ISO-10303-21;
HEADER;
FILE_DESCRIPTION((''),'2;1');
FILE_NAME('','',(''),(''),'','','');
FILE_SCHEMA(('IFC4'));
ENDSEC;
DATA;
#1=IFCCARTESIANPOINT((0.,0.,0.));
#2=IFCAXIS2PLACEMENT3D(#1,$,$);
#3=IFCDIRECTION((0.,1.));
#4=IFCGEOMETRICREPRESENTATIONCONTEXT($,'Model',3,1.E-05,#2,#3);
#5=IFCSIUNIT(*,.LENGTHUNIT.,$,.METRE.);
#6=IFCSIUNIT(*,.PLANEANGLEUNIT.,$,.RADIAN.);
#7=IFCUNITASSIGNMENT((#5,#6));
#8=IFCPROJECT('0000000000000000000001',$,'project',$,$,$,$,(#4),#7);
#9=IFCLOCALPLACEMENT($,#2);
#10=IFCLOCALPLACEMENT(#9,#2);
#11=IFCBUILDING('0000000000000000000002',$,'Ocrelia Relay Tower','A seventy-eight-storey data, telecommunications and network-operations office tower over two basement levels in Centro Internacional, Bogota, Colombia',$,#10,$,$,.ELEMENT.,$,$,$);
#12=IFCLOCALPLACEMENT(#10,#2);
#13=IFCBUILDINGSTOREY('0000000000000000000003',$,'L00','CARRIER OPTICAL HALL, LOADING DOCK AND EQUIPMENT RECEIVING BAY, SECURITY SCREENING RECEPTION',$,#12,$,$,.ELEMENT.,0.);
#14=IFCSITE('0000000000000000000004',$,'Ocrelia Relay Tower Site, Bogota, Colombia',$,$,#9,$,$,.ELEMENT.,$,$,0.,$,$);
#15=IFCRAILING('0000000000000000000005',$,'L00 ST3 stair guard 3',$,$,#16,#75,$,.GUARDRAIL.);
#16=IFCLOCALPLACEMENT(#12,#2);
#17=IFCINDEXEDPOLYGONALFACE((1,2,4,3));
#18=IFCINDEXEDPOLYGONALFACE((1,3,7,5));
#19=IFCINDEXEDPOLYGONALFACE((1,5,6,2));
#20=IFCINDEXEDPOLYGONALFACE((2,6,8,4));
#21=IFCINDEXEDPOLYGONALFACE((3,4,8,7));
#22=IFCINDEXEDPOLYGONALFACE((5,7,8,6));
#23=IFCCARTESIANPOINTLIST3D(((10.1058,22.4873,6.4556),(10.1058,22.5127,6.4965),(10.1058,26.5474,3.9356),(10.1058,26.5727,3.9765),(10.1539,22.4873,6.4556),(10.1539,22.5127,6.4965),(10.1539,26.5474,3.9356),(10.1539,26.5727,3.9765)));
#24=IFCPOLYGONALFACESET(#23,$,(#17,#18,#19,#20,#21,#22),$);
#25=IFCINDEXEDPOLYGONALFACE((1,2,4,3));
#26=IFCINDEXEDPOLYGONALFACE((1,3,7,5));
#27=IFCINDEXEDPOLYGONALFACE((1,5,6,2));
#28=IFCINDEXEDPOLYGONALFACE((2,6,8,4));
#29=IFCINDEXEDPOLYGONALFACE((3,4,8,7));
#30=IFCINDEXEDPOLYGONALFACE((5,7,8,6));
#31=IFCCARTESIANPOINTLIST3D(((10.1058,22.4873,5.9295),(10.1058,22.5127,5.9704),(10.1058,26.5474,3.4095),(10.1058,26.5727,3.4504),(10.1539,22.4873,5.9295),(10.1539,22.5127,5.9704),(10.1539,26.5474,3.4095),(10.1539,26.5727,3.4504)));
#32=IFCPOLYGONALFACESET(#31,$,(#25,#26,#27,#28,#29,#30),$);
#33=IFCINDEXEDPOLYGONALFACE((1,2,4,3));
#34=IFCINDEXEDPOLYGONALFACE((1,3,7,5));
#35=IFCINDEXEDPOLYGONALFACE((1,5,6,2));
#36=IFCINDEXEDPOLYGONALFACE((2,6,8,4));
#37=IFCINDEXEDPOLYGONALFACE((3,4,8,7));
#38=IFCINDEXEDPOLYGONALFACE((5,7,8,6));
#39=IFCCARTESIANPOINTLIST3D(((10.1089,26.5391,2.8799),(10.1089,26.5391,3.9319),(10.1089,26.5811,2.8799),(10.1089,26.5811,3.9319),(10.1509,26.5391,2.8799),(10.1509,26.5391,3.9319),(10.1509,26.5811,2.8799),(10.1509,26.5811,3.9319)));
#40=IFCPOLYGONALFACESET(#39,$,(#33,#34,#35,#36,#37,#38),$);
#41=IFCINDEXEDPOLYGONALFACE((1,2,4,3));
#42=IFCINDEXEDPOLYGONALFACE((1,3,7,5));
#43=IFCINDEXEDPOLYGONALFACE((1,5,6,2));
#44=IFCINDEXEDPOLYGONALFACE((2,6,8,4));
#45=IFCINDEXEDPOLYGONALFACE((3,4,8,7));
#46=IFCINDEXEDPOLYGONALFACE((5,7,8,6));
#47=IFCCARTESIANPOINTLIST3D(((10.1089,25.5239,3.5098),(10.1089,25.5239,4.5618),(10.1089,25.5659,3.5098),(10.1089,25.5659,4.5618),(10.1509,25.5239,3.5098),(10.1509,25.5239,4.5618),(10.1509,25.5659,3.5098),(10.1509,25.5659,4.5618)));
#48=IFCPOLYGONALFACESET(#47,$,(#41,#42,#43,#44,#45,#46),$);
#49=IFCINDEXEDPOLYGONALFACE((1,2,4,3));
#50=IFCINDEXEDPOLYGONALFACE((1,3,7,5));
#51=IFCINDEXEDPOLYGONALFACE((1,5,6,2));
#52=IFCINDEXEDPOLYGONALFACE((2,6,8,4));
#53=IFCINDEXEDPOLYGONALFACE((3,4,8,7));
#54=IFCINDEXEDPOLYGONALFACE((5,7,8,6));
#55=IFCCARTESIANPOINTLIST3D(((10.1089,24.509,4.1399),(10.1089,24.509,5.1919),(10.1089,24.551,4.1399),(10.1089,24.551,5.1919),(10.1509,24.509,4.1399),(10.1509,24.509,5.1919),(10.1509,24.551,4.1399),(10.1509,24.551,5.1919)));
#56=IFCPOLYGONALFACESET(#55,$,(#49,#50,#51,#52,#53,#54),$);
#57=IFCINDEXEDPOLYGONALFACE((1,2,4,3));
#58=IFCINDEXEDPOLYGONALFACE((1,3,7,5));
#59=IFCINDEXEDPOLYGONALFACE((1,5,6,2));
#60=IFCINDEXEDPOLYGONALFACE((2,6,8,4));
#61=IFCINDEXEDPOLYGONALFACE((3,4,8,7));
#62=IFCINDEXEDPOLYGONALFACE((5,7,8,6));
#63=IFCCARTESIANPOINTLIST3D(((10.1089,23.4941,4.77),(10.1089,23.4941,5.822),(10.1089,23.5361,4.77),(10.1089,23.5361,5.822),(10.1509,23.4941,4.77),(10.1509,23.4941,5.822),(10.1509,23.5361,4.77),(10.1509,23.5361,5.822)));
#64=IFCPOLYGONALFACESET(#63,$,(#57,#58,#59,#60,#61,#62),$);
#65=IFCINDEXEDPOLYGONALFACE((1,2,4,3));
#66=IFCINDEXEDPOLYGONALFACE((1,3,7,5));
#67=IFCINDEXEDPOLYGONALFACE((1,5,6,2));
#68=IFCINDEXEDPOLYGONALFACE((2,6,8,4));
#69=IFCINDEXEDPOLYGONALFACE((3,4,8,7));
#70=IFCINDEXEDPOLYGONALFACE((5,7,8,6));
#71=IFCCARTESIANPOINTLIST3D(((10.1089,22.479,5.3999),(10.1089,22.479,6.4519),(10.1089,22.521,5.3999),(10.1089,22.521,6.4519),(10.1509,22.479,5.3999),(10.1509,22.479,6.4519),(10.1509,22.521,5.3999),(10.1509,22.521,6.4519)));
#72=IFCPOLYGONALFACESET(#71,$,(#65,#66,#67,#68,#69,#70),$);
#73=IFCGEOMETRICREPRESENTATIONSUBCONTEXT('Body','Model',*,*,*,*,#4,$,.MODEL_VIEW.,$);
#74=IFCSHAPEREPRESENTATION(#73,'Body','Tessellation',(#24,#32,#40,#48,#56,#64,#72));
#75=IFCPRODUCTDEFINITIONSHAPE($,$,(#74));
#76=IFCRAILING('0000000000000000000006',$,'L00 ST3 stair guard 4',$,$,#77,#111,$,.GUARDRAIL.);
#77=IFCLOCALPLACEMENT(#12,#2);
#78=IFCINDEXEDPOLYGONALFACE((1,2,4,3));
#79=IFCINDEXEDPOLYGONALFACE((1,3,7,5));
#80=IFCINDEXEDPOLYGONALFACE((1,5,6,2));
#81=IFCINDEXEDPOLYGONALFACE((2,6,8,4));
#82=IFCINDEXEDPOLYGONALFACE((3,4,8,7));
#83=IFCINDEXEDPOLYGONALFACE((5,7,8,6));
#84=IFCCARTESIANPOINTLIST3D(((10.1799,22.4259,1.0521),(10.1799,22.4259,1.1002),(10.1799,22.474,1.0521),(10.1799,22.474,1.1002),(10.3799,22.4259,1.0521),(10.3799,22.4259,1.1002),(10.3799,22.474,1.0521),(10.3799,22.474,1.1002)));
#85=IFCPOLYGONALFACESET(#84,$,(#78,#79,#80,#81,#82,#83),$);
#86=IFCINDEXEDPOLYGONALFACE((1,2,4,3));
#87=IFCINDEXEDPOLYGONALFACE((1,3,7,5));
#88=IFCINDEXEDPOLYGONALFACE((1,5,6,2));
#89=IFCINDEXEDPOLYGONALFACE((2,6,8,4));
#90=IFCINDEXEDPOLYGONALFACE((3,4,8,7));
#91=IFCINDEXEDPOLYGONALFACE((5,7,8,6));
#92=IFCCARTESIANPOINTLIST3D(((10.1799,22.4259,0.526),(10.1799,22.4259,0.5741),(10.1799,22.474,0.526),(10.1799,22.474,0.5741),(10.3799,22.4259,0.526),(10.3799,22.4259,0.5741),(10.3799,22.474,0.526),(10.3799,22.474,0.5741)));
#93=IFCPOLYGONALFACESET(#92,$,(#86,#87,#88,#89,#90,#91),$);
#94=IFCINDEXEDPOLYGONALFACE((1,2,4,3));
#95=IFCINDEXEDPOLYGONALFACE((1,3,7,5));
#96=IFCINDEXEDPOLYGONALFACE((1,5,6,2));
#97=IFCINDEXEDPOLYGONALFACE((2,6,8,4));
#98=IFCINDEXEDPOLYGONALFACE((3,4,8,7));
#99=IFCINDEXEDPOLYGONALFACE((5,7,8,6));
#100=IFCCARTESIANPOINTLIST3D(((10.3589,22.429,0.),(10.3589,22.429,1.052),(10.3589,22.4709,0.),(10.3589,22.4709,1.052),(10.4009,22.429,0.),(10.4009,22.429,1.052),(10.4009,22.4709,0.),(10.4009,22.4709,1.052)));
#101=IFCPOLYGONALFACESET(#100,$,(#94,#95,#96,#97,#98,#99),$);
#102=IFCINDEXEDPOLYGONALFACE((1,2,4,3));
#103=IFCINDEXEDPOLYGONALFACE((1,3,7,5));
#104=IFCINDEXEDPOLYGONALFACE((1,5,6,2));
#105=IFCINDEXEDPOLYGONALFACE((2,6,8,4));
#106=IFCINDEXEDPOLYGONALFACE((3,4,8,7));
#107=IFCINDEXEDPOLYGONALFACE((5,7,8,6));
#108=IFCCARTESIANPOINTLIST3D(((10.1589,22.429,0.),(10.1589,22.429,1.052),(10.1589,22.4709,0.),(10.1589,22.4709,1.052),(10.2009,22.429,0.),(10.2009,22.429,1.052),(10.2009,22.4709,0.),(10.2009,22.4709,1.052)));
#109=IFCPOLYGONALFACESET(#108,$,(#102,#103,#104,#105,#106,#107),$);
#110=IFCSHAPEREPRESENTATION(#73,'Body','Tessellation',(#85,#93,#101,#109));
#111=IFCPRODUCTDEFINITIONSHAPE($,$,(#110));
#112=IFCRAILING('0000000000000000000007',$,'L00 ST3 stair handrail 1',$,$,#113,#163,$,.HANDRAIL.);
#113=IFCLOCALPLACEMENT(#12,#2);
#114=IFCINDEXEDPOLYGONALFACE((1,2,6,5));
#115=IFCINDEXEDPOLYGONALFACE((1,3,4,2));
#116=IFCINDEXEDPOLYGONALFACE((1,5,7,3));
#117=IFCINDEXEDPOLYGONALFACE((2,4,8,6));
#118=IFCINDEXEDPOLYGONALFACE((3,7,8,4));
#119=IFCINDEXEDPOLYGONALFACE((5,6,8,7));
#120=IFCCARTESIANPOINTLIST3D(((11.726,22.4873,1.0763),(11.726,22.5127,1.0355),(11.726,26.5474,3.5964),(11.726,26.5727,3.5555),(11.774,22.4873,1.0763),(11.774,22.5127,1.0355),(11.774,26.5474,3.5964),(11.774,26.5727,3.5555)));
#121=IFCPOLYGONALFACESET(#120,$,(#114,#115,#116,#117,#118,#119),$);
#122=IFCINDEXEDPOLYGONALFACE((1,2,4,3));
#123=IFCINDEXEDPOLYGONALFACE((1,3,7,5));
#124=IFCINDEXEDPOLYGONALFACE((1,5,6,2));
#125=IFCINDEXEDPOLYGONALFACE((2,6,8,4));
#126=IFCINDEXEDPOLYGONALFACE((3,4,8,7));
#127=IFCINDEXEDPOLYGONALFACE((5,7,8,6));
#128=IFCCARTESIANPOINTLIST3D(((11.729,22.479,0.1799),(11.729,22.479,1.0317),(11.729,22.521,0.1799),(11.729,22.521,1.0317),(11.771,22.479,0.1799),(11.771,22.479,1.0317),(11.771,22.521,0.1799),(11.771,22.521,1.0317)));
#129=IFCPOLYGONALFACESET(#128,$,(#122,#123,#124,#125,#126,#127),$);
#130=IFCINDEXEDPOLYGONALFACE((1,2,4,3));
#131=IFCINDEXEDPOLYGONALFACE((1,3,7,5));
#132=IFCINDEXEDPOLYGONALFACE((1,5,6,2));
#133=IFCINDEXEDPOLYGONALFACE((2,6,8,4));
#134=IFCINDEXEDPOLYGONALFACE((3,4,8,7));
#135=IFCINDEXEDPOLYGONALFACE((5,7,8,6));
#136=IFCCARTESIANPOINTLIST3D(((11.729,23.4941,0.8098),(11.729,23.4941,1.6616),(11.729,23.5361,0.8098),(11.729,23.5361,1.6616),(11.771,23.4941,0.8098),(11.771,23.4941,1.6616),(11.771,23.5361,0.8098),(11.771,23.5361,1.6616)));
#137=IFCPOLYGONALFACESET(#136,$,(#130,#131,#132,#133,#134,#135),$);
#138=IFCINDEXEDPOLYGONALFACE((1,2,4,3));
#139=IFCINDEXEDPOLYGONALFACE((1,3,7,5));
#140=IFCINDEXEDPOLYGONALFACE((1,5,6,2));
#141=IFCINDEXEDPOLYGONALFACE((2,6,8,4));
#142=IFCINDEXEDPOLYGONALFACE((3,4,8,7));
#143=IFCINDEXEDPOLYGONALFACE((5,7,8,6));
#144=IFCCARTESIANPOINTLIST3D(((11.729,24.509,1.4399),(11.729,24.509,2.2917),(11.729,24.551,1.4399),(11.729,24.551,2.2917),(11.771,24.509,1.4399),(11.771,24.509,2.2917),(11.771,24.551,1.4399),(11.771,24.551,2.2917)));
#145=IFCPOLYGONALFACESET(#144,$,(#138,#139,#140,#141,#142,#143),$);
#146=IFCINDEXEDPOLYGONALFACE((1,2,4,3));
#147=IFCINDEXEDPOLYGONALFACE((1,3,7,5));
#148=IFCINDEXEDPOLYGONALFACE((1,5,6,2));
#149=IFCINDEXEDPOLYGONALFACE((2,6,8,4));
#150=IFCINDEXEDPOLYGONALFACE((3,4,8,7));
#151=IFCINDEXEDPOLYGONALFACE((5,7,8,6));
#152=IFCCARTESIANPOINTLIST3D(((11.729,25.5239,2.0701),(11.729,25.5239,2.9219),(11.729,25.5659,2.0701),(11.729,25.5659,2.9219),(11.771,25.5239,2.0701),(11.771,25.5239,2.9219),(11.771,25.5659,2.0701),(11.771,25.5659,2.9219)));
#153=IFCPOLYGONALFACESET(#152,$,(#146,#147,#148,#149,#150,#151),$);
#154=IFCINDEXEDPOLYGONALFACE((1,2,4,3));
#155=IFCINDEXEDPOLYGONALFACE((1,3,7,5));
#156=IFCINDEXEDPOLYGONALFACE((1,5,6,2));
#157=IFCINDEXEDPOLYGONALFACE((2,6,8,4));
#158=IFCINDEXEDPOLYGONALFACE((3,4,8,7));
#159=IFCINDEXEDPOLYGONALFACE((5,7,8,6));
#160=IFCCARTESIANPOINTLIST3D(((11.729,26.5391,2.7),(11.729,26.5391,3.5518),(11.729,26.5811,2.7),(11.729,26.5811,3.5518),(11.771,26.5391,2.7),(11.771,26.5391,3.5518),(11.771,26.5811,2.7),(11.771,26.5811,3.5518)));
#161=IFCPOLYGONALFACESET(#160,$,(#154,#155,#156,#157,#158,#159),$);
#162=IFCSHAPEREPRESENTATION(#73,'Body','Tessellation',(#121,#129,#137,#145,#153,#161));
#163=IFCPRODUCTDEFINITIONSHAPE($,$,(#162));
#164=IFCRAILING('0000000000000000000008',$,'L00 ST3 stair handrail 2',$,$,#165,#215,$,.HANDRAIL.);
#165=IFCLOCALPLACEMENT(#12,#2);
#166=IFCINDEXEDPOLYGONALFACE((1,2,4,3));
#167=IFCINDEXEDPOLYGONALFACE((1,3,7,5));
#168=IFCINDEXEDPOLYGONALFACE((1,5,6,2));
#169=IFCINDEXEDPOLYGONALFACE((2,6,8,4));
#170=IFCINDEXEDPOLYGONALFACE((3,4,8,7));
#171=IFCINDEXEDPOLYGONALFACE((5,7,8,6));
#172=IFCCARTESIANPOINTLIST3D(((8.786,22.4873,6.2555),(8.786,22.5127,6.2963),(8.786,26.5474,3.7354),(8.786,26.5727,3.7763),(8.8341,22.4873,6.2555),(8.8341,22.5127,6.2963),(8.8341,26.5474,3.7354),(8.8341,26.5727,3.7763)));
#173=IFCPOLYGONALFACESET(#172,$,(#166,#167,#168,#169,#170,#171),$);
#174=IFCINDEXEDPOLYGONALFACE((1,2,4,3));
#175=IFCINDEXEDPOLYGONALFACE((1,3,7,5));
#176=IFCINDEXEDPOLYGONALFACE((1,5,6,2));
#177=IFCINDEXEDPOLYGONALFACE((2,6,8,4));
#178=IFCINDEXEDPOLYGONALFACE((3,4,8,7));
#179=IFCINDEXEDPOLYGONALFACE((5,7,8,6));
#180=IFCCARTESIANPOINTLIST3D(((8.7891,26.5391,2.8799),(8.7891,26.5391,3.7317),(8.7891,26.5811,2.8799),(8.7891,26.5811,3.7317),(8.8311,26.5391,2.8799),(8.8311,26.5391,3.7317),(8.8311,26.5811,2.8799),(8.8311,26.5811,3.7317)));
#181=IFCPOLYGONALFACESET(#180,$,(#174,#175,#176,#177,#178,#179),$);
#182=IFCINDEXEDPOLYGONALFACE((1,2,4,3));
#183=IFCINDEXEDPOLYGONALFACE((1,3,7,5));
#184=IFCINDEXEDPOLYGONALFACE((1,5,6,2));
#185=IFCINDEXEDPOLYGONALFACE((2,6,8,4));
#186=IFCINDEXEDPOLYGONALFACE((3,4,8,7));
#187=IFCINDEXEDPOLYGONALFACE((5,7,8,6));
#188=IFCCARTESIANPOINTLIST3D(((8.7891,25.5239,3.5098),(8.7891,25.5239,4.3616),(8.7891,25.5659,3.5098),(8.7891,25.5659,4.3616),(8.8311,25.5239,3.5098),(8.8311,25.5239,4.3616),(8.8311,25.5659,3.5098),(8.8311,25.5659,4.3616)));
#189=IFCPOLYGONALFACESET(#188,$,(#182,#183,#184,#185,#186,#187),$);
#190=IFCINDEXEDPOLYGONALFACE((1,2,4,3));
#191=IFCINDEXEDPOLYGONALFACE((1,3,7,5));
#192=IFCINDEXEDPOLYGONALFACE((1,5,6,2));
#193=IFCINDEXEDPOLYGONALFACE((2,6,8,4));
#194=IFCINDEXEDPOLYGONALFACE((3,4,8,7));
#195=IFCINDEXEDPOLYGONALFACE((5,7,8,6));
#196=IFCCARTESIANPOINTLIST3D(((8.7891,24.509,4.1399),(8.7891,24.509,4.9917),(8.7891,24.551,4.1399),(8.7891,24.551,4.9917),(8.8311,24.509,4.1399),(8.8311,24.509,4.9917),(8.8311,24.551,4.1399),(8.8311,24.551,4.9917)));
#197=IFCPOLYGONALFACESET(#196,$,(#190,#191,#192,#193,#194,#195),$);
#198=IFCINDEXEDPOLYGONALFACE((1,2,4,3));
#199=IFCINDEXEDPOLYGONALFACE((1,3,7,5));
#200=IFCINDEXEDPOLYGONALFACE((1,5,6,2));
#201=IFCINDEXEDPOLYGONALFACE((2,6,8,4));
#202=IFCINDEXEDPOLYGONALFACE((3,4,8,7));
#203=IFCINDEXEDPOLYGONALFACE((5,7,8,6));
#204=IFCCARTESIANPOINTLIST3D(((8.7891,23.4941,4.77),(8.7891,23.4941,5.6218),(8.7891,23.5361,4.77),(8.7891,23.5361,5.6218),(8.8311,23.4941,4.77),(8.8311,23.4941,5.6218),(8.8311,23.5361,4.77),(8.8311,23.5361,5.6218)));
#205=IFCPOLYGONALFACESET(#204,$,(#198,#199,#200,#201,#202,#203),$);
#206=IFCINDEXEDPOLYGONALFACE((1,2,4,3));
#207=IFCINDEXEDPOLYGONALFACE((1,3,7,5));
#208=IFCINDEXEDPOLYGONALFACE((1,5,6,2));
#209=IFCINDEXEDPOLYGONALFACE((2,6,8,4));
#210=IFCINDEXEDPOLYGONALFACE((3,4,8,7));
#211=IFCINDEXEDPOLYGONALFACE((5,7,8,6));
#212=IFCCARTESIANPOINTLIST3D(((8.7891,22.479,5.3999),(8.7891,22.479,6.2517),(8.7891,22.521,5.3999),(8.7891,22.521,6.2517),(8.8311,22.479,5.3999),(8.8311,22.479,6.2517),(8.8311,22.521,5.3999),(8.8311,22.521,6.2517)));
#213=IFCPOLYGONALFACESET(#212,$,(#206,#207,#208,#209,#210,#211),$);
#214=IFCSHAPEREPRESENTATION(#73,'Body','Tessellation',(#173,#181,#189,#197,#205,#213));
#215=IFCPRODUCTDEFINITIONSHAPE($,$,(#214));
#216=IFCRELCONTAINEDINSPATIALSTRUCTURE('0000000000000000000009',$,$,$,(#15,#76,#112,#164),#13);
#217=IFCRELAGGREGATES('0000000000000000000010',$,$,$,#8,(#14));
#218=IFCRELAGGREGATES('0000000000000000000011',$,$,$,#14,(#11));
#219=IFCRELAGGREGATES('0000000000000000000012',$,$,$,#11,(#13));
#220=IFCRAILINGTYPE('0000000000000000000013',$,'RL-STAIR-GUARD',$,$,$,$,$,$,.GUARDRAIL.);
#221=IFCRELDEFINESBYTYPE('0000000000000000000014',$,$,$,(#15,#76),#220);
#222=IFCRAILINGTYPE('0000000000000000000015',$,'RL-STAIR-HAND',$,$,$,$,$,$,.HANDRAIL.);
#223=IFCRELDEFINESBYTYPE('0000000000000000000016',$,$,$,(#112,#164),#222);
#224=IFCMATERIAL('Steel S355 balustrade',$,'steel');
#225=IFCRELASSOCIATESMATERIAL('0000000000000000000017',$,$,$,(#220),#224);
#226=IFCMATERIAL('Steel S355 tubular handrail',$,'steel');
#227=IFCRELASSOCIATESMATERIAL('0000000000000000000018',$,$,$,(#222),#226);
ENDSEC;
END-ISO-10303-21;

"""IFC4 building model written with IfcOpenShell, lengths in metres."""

from ifc_helpers import new_model, si_unit, direction, frame, origin, origin_2d, place, context, subcontext, project, spatial, rectangle, extrude, material, type_object, element, save


model = new_model("IFC4")

# Units and contexts
model_context = context("Model", 3, precision=1e-05, world=origin(), true_north=direction((0.0, 1.0)))
body_context = subcontext(model_context, "Body", "Model", "MODEL_VIEW")
ifc_project = project(units=[si_unit("LENGTHUNIT", "METRE"), si_unit("PLANEANGLEUNIT", "RADIAN")], contexts=[model_context])

# Site, building, storey
site_placement = place(None, origin())
site = spatial("IfcSite", under=ifc_project, at=site_placement, Name="Ocrelia Relay Tower Site, Bogota, Colombia", CompositionType="ELEMENT", RefElevation=0.0)
building_placement = place(site_placement, origin())
building = spatial("IfcBuilding", under=site, at=building_placement, Name="Ocrelia Relay Tower", Description="A seventy-eight-storey data, telecommunications and network-operations office tower over two basement levels in Centro Internacional, Bogota, Colombia", CompositionType="ELEMENT")
storey_placement = place(building_placement, origin())
storey = spatial("IfcBuildingStorey", under=building, at=storey_placement, Name="L00", Description="CARRIER OPTICAL HALL, LOADING DOCK AND EQUIPMENT RECEIVING BAY, SECURITY SCREENING RECEPTION", CompositionType="ELEMENT", Elevation=0.0)

# Railings
ifc_material_1 = material(Name="Steel S355 balustrade", Category="steel")
railing_type_1 = type_object("IfcRailingType", Name="RL-STAIR-GUARD", PredefinedType="GUARDRAIL", material=ifc_material_1)
railing_1_placement = place(storey_placement, frame((10.1299, 26.5601, 2.8799)))
element("IfcRailing", 1, at=railing_1_placement, inside=storey, type_object=railing_type_1, Name="L00 ST3 stair guard 3", PredefinedType="GUARDRAIL", context=body_context, shape_type="SweptSolid", body=[
    extrude(rectangle(XDim=0.0481, YDim=0.0481, at=origin_2d()), frame((0.0, 0.0, 1.0762), z_axis=(0.0, -0.849642, 0.52736), x_axis=(1.0, 0.0, 0.0)), (0.0, 0.0, 1.0), 4.7786),
    extrude(rectangle(XDim=0.0481, YDim=0.0481, at=origin_2d()), frame((0.0, 0.0, 0.55), z_axis=(0.0, -0.849642, 0.52736), x_axis=(1.0, 0.0, 0.0)), (0.0, 0.0, 1.0), 4.7786),
    extrude(rectangle(XDim=0.042, YDim=0.042, at=origin_2d()), origin(), (0.0, 0.0, 1.0), 1.052),
    extrude(rectangle(XDim=0.042, YDim=0.042, at=origin_2d()), frame((0.0, -1.0151, 0.6299)), (0.0, 0.0, 1.0), 1.052),
    extrude(rectangle(XDim=0.042, YDim=0.042, at=origin_2d()), frame((0.0, -2.03, 1.26)), (0.0, 0.0, 1.0), 1.052),
    extrude(rectangle(XDim=0.042, YDim=0.042, at=origin_2d()), frame((0.0, -3.0449, 1.8901)), (0.0, 0.0, 1.0), 1.052),
    extrude(rectangle(XDim=0.042, YDim=0.042, at=origin_2d()), frame((0.0, -4.0601, 2.52)), (0.0, 0.0, 1.0), 1.052),
])
railing_2_placement = place(storey_placement, frame((10.3799, 22.45, 0.0)))
element("IfcRailing", 2, at=railing_2_placement, inside=storey, type_object=railing_type_1, Name="L00 ST3 stair guard 4", PredefinedType="GUARDRAIL", context=body_context, shape_type="SweptSolid", body=[
    extrude(rectangle(XDim=0.0481, YDim=0.0481, at=origin_2d()), frame((0.0, 0.0, 1.0762), z_axis=(-1.0, 0.0, 0.0), x_axis=(0.0, -1.0, 0.0)), (0.0, 0.0, 1.0), 0.2),
    extrude(rectangle(XDim=0.0481, YDim=0.0481, at=origin_2d()), frame((0.0, 0.0, 0.55), z_axis=(-1.0, 0.0, 0.0), x_axis=(0.0, -1.0, 0.0)), (0.0, 0.0, 1.0), 0.2),
    extrude(rectangle(XDim=0.042, YDim=0.042, at=origin_2d()), origin(), (0.0, 0.0, 1.0), 1.052),
    extrude(rectangle(XDim=0.042, YDim=0.042, at=origin_2d()), frame((-0.2, 0.0, 0.0)), (0.0, 0.0, 1.0), 1.052),
])
ifc_material_2 = material(Name="Steel S355 tubular handrail", Category="steel")
railing_type_2 = type_object("IfcRailingType", Name="RL-STAIR-HAND", PredefinedType="HANDRAIL", material=ifc_material_2)
railing_3_placement = place(storey_placement, frame((11.75, 22.5, 0.1799)))
element("IfcRailing", 3, at=railing_3_placement, inside=storey, type_object=railing_type_2, Name="L00 ST3 stair handrail 1", PredefinedType="HANDRAIL", context=body_context, shape_type="SweptSolid", body=[
    extrude(rectangle(XDim=0.0481, YDim=0.0481, at=origin_2d()), frame((0.0, 0.0, 0.876), z_axis=(0.0, 0.849642, 0.52736), x_axis=(-1.0, 0.0, 0.0)), (0.0, 0.0, 1.0), 4.7786),
    extrude(rectangle(XDim=0.042, YDim=0.042, at=origin_2d()), origin(), (0.0, 0.0, 1.0), 0.8518),
    extrude(rectangle(XDim=0.042, YDim=0.042, at=origin_2d()), frame((0.0, 1.0151, 0.6299)), (0.0, 0.0, 1.0), 0.8518),
    extrude(rectangle(XDim=0.042, YDim=0.042, at=origin_2d()), frame((0.0, 2.03, 1.26)), (0.0, 0.0, 1.0), 0.8518),
    extrude(rectangle(XDim=0.042, YDim=0.042, at=origin_2d()), frame((0.0, 3.0449, 1.8901)), (0.0, 0.0, 1.0), 0.8518),
    extrude(rectangle(XDim=0.042, YDim=0.042, at=origin_2d()), frame((0.0, 4.0601, 2.52)), (0.0, 0.0, 1.0), 0.8518),
])
railing_4_placement = place(storey_placement, frame((8.8101, 26.5601, 2.8799)))
element("IfcRailing", 4, at=railing_4_placement, inside=storey, type_object=railing_type_2, Name="L00 ST3 stair handrail 2", PredefinedType="HANDRAIL", context=body_context, shape_type="SweptSolid", body=[
    extrude(rectangle(XDim=0.0481, YDim=0.0481, at=origin_2d()), frame((0.0, 0.0, 0.876), z_axis=(0.0, -0.849642, 0.52736), x_axis=(1.0, 0.0, 0.0)), (0.0, 0.0, 1.0), 4.7786),
    extrude(rectangle(XDim=0.042, YDim=0.042, at=origin_2d()), origin(), (0.0, 0.0, 1.0), 0.8518),
    extrude(rectangle(XDim=0.042, YDim=0.042, at=origin_2d()), frame((0.0, -1.0151, 0.6299)), (0.0, 0.0, 1.0), 0.8518),
    extrude(rectangle(XDim=0.042, YDim=0.042, at=origin_2d()), frame((0.0, -2.03, 1.26)), (0.0, 0.0, 1.0), 0.8518),
    extrude(rectangle(XDim=0.042, YDim=0.042, at=origin_2d()), frame((0.0, -3.0449, 1.8901)), (0.0, 0.0, 1.0), 0.8518),
    extrude(rectangle(XDim=0.042, YDim=0.042, at=origin_2d()), frame((0.0, -4.0601, 2.52)), (0.0, 0.0, 1.0), 0.8518),
])

save(model, "model.ifc")
